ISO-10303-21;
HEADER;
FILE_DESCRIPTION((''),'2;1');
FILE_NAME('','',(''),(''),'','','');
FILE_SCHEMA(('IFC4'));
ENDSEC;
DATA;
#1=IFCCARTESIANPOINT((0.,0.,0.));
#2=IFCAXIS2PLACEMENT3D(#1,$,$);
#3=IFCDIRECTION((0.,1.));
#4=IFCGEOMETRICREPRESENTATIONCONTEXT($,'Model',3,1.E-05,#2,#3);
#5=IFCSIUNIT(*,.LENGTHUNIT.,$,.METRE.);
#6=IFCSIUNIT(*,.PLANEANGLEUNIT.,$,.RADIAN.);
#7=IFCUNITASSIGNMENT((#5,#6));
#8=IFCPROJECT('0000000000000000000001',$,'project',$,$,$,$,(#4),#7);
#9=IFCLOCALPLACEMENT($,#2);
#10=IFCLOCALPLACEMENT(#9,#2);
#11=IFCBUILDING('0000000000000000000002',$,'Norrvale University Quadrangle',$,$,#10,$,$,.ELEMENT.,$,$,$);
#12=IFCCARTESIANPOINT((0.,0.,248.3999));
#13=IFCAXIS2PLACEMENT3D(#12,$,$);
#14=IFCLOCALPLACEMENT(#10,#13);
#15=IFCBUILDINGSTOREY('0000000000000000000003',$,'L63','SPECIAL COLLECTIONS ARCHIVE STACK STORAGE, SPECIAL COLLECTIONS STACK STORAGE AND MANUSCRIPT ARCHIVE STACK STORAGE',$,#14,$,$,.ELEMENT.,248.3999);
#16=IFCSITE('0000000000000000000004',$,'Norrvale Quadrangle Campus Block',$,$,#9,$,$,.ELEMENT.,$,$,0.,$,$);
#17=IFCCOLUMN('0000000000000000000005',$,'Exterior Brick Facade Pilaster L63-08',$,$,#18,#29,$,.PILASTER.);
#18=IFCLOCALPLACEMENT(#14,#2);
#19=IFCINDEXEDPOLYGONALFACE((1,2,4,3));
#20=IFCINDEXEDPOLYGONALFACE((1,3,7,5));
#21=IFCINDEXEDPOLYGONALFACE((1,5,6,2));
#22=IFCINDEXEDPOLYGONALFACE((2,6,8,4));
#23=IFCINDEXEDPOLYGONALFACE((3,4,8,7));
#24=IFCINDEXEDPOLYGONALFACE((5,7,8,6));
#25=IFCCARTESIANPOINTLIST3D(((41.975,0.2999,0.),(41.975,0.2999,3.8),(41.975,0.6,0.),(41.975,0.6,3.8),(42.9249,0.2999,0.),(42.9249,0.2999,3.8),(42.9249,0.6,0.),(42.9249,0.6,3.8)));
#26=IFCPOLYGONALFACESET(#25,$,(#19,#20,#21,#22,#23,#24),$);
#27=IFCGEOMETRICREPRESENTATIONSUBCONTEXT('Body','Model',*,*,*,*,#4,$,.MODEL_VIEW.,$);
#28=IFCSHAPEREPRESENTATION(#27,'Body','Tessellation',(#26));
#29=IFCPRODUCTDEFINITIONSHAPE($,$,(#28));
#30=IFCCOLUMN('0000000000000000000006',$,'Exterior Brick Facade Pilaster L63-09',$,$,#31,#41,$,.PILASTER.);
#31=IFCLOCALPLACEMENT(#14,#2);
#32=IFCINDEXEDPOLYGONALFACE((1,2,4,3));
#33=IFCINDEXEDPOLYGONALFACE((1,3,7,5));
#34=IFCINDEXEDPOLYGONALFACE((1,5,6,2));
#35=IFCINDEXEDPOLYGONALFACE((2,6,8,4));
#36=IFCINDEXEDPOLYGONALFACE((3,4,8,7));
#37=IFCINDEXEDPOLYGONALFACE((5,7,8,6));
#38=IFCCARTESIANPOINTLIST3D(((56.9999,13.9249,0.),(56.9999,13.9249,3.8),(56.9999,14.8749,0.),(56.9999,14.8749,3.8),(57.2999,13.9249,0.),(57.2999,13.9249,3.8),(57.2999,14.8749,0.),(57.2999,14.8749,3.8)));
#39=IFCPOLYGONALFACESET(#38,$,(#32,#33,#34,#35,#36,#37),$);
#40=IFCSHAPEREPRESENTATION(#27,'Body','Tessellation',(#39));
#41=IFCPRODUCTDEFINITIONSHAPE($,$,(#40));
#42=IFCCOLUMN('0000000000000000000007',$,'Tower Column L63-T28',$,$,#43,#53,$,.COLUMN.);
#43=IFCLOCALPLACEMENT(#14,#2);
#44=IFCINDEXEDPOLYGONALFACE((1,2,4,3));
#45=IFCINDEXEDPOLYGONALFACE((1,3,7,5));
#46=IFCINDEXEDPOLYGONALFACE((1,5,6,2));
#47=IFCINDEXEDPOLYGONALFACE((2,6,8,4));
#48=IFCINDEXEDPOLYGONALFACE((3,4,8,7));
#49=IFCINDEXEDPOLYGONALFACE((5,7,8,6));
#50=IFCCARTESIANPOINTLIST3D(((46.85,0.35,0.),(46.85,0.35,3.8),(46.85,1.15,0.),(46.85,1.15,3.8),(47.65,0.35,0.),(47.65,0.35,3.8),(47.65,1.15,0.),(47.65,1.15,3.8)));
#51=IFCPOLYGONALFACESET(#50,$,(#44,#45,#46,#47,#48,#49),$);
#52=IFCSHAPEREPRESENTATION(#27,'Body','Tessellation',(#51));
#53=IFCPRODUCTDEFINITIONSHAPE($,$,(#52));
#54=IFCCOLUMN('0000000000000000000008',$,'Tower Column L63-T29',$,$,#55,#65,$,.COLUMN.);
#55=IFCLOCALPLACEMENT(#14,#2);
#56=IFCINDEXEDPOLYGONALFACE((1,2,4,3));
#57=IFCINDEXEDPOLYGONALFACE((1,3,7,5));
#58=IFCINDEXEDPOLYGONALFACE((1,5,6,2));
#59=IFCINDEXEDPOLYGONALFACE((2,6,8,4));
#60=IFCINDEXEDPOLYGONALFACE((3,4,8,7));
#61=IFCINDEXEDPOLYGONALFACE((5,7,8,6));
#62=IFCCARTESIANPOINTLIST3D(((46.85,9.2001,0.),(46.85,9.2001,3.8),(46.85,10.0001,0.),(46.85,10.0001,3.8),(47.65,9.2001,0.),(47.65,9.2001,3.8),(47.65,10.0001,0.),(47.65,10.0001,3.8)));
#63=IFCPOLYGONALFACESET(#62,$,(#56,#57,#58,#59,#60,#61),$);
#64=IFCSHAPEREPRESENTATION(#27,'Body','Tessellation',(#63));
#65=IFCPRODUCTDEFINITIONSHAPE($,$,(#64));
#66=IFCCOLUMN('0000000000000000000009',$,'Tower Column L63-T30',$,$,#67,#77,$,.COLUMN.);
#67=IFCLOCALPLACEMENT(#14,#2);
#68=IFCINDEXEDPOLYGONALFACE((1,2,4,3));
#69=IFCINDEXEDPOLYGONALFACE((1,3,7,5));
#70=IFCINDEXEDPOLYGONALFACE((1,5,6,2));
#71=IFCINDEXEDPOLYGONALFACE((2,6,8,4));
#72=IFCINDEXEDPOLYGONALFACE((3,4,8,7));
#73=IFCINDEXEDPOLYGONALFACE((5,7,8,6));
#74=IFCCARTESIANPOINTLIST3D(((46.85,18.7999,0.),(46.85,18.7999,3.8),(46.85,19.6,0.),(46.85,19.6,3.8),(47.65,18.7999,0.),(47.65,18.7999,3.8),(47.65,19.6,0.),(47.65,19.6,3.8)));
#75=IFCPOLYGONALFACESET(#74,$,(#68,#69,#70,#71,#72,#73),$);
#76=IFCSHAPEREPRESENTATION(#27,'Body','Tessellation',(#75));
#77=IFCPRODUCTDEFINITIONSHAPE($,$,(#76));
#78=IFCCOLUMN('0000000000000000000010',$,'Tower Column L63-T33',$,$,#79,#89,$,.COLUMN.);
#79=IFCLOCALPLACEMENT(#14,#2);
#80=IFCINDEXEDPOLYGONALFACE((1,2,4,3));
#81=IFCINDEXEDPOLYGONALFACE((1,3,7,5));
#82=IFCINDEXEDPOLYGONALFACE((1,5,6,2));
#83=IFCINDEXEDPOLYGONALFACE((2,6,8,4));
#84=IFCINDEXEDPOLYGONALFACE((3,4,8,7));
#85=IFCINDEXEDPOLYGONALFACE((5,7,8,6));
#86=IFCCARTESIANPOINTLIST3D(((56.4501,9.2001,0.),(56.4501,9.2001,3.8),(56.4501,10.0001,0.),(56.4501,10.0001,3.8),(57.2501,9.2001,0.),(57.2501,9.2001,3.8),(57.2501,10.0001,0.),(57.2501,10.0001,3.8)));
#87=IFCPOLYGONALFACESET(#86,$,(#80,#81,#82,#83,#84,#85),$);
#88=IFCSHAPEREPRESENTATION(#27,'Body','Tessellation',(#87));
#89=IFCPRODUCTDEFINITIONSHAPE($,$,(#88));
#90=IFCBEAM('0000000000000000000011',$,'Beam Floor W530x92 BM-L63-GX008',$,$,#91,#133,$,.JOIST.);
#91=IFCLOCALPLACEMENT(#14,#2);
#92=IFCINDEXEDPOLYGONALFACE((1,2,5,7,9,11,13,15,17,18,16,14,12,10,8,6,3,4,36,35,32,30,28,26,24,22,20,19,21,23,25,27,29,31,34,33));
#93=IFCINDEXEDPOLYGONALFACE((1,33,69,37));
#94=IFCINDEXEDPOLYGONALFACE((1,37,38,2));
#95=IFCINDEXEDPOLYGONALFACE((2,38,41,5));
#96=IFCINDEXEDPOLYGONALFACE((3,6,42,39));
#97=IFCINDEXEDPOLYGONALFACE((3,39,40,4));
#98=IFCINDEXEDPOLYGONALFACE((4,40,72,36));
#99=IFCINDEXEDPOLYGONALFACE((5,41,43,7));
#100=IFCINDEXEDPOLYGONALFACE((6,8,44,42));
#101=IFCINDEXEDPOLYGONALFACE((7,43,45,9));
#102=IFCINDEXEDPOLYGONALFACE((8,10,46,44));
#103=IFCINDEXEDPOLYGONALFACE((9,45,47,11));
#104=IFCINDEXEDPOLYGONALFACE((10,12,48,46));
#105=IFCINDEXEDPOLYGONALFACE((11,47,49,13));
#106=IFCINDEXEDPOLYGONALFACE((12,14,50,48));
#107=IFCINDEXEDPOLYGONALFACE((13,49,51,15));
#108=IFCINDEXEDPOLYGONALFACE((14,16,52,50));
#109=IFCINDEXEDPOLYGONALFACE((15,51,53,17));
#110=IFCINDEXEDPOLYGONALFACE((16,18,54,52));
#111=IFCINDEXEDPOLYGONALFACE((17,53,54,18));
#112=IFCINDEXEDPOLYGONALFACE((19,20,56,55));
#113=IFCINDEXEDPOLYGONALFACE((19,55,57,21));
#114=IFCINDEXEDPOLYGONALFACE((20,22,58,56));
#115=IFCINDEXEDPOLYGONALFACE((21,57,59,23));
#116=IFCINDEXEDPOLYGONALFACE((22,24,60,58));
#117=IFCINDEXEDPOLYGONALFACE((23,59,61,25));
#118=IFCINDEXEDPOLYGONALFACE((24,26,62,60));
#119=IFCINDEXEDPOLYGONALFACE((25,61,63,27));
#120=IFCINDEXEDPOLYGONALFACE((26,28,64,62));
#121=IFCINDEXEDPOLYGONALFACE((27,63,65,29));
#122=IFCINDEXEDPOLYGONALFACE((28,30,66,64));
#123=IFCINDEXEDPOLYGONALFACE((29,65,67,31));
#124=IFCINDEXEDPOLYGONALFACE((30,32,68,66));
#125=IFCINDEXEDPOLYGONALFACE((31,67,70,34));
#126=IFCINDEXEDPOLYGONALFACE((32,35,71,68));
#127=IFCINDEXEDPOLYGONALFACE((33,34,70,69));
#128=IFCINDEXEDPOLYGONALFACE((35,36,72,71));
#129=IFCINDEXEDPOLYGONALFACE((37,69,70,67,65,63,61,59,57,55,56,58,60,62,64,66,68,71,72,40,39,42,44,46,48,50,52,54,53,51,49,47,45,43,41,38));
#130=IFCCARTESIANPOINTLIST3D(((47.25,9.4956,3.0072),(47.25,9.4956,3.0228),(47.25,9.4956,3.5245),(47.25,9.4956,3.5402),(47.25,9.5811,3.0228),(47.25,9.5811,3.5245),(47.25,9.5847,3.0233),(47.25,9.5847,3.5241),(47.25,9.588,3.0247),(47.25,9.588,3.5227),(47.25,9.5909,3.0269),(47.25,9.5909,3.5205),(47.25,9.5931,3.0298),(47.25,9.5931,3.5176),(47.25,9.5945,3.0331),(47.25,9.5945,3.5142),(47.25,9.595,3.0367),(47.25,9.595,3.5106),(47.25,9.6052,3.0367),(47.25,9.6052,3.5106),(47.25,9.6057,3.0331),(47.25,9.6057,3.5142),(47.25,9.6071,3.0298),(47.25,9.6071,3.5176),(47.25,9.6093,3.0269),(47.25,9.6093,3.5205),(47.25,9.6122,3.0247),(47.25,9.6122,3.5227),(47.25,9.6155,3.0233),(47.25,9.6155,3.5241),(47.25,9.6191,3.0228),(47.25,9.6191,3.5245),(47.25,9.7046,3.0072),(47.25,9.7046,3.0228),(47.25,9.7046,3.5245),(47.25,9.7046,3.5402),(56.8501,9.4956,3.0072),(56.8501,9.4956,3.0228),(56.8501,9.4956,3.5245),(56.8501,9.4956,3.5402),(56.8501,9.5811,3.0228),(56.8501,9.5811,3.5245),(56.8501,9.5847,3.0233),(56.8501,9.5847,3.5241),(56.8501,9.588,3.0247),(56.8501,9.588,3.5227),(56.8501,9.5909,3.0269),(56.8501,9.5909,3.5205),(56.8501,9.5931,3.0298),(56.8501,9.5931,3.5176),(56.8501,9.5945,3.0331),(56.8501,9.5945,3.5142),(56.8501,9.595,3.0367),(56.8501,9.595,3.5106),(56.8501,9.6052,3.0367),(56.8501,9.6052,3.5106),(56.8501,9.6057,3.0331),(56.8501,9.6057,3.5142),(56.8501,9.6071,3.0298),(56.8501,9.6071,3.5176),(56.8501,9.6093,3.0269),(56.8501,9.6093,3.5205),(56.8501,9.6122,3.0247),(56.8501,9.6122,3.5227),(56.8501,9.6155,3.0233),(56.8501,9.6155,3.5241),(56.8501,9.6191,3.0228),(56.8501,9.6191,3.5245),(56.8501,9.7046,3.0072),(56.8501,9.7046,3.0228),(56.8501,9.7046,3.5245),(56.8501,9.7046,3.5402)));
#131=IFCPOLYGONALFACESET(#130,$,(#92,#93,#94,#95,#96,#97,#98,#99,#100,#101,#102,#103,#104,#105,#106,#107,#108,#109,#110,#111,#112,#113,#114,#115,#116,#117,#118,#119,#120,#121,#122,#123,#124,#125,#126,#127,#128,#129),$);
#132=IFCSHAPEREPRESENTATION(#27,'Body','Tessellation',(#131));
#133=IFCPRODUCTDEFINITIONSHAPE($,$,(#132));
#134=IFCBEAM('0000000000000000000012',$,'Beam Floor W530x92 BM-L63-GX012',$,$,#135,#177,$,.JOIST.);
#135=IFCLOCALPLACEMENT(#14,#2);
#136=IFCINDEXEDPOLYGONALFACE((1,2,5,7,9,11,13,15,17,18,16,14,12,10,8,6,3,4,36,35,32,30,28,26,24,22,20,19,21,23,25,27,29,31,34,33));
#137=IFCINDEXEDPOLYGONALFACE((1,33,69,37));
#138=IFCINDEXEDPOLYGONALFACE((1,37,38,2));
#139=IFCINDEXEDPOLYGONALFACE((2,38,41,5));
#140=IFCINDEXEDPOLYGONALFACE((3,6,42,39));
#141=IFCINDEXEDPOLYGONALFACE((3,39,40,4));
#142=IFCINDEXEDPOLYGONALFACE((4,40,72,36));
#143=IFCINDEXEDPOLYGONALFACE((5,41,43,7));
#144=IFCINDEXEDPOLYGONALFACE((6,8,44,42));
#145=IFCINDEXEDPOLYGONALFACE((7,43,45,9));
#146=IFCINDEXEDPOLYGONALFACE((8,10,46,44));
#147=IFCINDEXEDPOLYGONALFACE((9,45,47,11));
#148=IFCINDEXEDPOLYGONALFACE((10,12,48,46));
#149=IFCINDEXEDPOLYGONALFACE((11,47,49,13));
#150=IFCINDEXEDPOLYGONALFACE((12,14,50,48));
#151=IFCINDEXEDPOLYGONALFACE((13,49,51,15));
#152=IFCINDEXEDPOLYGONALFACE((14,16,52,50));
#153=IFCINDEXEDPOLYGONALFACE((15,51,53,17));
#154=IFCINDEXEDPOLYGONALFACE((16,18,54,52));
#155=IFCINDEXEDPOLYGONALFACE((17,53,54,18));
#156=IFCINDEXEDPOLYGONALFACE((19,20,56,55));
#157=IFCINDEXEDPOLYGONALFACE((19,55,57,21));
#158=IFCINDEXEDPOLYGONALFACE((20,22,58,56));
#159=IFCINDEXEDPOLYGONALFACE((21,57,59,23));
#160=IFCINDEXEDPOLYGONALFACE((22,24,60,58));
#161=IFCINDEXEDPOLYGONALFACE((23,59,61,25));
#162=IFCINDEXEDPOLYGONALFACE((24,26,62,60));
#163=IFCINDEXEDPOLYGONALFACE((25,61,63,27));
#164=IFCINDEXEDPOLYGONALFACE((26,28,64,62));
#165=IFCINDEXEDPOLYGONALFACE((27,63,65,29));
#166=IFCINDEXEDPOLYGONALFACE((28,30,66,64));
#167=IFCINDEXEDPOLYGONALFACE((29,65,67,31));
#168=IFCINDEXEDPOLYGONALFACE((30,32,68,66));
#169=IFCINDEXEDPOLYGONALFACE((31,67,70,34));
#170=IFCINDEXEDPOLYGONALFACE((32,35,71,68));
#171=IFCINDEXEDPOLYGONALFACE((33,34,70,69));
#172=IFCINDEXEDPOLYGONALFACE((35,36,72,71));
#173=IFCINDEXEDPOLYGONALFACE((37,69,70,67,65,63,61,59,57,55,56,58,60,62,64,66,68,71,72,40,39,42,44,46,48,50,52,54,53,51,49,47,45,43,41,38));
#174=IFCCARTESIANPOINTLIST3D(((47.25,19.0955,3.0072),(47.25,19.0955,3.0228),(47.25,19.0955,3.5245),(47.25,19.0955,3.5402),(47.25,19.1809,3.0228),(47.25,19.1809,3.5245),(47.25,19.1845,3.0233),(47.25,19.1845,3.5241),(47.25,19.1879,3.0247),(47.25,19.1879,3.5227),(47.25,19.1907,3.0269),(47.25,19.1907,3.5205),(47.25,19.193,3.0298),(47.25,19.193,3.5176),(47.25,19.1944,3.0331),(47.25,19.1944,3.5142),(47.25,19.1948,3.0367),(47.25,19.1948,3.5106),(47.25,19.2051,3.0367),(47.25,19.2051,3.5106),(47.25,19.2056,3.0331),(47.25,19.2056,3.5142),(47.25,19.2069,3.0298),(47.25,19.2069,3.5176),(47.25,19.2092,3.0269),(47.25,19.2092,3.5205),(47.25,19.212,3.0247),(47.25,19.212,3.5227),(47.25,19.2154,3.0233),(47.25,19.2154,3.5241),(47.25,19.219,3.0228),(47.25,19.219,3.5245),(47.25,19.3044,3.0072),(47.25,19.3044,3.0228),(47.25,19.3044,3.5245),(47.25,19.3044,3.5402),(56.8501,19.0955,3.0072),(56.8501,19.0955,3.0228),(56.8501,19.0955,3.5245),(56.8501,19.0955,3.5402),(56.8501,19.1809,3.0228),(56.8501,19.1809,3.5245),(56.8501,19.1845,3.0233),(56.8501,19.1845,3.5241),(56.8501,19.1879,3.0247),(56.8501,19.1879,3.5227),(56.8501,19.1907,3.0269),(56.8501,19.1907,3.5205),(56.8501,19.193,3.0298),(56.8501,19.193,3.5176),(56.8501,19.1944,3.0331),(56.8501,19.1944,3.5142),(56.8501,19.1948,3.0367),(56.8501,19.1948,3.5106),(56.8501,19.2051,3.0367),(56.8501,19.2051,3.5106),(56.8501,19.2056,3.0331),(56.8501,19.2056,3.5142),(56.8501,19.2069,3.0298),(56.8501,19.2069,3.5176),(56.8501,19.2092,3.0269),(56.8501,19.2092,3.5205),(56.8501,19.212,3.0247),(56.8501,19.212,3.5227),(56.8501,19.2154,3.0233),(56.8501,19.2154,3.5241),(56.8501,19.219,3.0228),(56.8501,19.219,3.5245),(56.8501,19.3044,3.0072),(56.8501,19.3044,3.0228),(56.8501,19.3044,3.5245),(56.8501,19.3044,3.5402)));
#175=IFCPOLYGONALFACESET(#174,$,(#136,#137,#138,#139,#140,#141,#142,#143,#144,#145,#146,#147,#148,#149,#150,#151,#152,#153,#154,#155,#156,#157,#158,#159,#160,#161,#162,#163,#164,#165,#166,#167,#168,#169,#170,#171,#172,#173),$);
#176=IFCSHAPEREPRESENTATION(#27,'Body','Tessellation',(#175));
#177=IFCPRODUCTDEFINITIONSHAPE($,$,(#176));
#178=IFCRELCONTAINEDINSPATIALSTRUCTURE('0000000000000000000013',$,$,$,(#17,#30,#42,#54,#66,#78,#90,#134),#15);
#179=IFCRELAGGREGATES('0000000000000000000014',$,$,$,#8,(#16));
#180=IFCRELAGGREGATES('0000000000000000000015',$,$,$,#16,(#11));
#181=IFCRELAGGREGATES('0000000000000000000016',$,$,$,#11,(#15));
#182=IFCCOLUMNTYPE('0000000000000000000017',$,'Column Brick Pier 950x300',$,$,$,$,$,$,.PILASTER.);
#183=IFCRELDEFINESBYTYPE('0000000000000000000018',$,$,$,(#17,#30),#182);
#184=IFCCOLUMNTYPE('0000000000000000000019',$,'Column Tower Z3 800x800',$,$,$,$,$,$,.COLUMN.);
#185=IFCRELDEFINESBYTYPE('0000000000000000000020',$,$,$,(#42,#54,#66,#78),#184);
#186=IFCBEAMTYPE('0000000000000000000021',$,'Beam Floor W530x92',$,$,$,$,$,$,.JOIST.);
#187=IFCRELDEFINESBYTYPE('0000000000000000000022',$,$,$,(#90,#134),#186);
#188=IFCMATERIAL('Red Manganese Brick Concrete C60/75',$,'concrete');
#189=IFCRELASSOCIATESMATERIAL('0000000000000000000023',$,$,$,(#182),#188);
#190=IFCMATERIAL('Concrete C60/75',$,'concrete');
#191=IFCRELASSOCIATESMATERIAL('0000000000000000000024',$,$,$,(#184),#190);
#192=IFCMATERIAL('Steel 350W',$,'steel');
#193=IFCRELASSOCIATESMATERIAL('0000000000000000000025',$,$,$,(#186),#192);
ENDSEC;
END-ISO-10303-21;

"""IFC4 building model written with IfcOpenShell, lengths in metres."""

from ifc_helpers import new_model, si_unit, direction, frame, origin, origin_2d, place, context, subcontext, project, spatial, rectangle, i_section, extrude, material, material_profile, profile_set, type_object, element, save


model = new_model("IFC4")

# Units and contexts
model_context = context("Model", 3, precision=1e-05, world=origin(), true_north=direction((0.0, 1.0)))
body_context = subcontext(model_context, "Body", "Model", "MODEL_VIEW")
ifc_project = project(units=[si_unit("LENGTHUNIT", "METRE"), si_unit("PLANEANGLEUNIT", "RADIAN")], contexts=[model_context])

# Site, building, storey
site_placement = place(None, origin())
site = spatial("IfcSite", under=ifc_project, at=site_placement, Name="Norrvale Quadrangle Campus Block", CompositionType="ELEMENT", RefElevation=0.0)
building_placement = place(site_placement, origin())
building = spatial("IfcBuilding", under=site, at=building_placement, Name="Norrvale University Quadrangle", CompositionType="ELEMENT")
storey_placement = place(building_placement, frame((0.0, 0.0, 248.3999)))
storey = spatial("IfcBuildingStorey", under=building, at=storey_placement, Name="L63", Description="SPECIAL COLLECTIONS ARCHIVE STACK STORAGE, SPECIAL COLLECTIONS STACK STORAGE AND MANUSCRIPT ARCHIVE STACK STORAGE", CompositionType="ELEMENT", Elevation=248.3999)

# Columns
ifc_material_1 = material(Name="Red Manganese Brick Concrete C60/75", Category="concrete")
ifc_material_profile_1 = material_profile(ifc_material_1, rectangle(XDim=0.95, YDim=0.3, at=origin_2d()), Name="Red Manganese Brick Concrete C60/75")
ifc_profile_set_1 = profile_set([ifc_material_profile_1], Name="Red Manganese Brick Concrete C60/75")
column_type_1 = type_object("IfcColumnType", Name="Column Brick Pier 950x300", PredefinedType="PILASTER", material=ifc_profile_set_1)
for number, where, z_axis, x_axis, name in (
    (1, (42.45, 0.45, 0.0), (0.0, 0.0, 1.0), (1.0, 0.0, 0.0), "Exterior Brick Facade Pilaster L63-08"),
    (2, (57.1499, 14.3999, 0.0), (0.0, 0.0, 1.0), (0.0, 1.0, 0.0), "Exterior Brick Facade Pilaster L63-09"),
):
    element("IfcColumn", number, at=place(storey_placement, frame(where, z_axis=z_axis, x_axis=x_axis)), inside=storey, type_object=column_type_1, Name=name, PredefinedType="PILASTER", context=body_context, shape_type="SweptSolid", body=[
        extrude(rectangle(XDim=0.95, YDim=0.3, at=origin_2d()), origin(), (0.0, 0.0, 1.0), 3.8),
    ])
ifc_material_2 = material(Name="Concrete C60/75", Category="concrete")
ifc_material_profile_2 = material_profile(ifc_material_2, rectangle(XDim=0.8, YDim=0.8, at=origin_2d()), Name="Concrete C60/75")
ifc_profile_set_2 = profile_set([ifc_material_profile_2], Name="Concrete C60/75")
column_type_2 = type_object("IfcColumnType", Name="Column Tower Z3 800x800", PredefinedType="COLUMN", material=ifc_profile_set_2)
for number, where, z_axis, x_axis, name in (
    (3, (47.25, 0.75, 0.0), (0.0, 0.0, 1.0), (1.0, 0.0, 0.0), "Tower Column L63-T28"),
    (4, (47.25, 9.6001, 0.0), (0.0, 0.0, 1.0), (1.0, 0.0, 0.0), "Tower Column L63-T29"),
    (5, (47.25, 19.2, 0.0), (0.0, 0.0, 1.0), (1.0, 0.0, 0.0), "Tower Column L63-T30"),
    (6, (56.8501, 9.6001, 0.0), (0.0, 0.0, 1.0), (1.0, 0.0, 0.0), "Tower Column L63-T33"),
):
    element("IfcColumn", number, at=place(storey_placement, frame(where, z_axis=z_axis, x_axis=x_axis)), inside=storey, type_object=column_type_2, Name=name, PredefinedType="COLUMN", context=body_context, shape_type="SweptSolid", body=[
        extrude(rectangle(XDim=0.8, YDim=0.8, at=origin_2d()), origin(), (0.0, 0.0, 1.0), 3.8),
    ])

# Beams
ifc_material_3 = material(Name="Steel 350W", Category="steel")
ifc_material_profile_3 = material_profile(ifc_material_3, i_section(OverallWidth=0.209, OverallDepth=0.533, WebThickness=0.0103, FlangeThickness=0.0156, FilletRadius=0.0139, at=origin_2d()), Name="Steel 350W")
ifc_profile_set_3 = profile_set([ifc_material_profile_3], Name="Steel 350W")
beam_type_1 = type_object("IfcBeamType", Name="Beam Floor W530x92", PredefinedType="JOIST", material=ifc_profile_set_3)
for number, where, z_axis, x_axis, name in (
    (7, (47.25, 9.6001, 3.2737), (1.0, 0.0, 0.0), (0.0, 1.0, 0.0), "Beam Floor W530x92 BM-L63-GX008"),
    (8, (47.25, 19.2, 3.2737), (1.0, 0.0, 0.0), (0.0, 1.0, 0.0), "Beam Floor W530x92 BM-L63-GX012"),
):
    element("IfcBeam", number, at=place(storey_placement, frame(where, z_axis=z_axis, x_axis=x_axis)), inside=storey, type_object=beam_type_1, Name=name, PredefinedType="JOIST", context=body_context, shape_type="SweptSolid", body=[
        extrude(i_section(OverallWidth=0.209, OverallDepth=0.533, WebThickness=0.0103, FlangeThickness=0.0156, FilletRadius=0.0139, at=origin_2d()), origin(), (0.0, 0.0, 1.0), 9.6001),
    ])

save(model, "model.ifc")
